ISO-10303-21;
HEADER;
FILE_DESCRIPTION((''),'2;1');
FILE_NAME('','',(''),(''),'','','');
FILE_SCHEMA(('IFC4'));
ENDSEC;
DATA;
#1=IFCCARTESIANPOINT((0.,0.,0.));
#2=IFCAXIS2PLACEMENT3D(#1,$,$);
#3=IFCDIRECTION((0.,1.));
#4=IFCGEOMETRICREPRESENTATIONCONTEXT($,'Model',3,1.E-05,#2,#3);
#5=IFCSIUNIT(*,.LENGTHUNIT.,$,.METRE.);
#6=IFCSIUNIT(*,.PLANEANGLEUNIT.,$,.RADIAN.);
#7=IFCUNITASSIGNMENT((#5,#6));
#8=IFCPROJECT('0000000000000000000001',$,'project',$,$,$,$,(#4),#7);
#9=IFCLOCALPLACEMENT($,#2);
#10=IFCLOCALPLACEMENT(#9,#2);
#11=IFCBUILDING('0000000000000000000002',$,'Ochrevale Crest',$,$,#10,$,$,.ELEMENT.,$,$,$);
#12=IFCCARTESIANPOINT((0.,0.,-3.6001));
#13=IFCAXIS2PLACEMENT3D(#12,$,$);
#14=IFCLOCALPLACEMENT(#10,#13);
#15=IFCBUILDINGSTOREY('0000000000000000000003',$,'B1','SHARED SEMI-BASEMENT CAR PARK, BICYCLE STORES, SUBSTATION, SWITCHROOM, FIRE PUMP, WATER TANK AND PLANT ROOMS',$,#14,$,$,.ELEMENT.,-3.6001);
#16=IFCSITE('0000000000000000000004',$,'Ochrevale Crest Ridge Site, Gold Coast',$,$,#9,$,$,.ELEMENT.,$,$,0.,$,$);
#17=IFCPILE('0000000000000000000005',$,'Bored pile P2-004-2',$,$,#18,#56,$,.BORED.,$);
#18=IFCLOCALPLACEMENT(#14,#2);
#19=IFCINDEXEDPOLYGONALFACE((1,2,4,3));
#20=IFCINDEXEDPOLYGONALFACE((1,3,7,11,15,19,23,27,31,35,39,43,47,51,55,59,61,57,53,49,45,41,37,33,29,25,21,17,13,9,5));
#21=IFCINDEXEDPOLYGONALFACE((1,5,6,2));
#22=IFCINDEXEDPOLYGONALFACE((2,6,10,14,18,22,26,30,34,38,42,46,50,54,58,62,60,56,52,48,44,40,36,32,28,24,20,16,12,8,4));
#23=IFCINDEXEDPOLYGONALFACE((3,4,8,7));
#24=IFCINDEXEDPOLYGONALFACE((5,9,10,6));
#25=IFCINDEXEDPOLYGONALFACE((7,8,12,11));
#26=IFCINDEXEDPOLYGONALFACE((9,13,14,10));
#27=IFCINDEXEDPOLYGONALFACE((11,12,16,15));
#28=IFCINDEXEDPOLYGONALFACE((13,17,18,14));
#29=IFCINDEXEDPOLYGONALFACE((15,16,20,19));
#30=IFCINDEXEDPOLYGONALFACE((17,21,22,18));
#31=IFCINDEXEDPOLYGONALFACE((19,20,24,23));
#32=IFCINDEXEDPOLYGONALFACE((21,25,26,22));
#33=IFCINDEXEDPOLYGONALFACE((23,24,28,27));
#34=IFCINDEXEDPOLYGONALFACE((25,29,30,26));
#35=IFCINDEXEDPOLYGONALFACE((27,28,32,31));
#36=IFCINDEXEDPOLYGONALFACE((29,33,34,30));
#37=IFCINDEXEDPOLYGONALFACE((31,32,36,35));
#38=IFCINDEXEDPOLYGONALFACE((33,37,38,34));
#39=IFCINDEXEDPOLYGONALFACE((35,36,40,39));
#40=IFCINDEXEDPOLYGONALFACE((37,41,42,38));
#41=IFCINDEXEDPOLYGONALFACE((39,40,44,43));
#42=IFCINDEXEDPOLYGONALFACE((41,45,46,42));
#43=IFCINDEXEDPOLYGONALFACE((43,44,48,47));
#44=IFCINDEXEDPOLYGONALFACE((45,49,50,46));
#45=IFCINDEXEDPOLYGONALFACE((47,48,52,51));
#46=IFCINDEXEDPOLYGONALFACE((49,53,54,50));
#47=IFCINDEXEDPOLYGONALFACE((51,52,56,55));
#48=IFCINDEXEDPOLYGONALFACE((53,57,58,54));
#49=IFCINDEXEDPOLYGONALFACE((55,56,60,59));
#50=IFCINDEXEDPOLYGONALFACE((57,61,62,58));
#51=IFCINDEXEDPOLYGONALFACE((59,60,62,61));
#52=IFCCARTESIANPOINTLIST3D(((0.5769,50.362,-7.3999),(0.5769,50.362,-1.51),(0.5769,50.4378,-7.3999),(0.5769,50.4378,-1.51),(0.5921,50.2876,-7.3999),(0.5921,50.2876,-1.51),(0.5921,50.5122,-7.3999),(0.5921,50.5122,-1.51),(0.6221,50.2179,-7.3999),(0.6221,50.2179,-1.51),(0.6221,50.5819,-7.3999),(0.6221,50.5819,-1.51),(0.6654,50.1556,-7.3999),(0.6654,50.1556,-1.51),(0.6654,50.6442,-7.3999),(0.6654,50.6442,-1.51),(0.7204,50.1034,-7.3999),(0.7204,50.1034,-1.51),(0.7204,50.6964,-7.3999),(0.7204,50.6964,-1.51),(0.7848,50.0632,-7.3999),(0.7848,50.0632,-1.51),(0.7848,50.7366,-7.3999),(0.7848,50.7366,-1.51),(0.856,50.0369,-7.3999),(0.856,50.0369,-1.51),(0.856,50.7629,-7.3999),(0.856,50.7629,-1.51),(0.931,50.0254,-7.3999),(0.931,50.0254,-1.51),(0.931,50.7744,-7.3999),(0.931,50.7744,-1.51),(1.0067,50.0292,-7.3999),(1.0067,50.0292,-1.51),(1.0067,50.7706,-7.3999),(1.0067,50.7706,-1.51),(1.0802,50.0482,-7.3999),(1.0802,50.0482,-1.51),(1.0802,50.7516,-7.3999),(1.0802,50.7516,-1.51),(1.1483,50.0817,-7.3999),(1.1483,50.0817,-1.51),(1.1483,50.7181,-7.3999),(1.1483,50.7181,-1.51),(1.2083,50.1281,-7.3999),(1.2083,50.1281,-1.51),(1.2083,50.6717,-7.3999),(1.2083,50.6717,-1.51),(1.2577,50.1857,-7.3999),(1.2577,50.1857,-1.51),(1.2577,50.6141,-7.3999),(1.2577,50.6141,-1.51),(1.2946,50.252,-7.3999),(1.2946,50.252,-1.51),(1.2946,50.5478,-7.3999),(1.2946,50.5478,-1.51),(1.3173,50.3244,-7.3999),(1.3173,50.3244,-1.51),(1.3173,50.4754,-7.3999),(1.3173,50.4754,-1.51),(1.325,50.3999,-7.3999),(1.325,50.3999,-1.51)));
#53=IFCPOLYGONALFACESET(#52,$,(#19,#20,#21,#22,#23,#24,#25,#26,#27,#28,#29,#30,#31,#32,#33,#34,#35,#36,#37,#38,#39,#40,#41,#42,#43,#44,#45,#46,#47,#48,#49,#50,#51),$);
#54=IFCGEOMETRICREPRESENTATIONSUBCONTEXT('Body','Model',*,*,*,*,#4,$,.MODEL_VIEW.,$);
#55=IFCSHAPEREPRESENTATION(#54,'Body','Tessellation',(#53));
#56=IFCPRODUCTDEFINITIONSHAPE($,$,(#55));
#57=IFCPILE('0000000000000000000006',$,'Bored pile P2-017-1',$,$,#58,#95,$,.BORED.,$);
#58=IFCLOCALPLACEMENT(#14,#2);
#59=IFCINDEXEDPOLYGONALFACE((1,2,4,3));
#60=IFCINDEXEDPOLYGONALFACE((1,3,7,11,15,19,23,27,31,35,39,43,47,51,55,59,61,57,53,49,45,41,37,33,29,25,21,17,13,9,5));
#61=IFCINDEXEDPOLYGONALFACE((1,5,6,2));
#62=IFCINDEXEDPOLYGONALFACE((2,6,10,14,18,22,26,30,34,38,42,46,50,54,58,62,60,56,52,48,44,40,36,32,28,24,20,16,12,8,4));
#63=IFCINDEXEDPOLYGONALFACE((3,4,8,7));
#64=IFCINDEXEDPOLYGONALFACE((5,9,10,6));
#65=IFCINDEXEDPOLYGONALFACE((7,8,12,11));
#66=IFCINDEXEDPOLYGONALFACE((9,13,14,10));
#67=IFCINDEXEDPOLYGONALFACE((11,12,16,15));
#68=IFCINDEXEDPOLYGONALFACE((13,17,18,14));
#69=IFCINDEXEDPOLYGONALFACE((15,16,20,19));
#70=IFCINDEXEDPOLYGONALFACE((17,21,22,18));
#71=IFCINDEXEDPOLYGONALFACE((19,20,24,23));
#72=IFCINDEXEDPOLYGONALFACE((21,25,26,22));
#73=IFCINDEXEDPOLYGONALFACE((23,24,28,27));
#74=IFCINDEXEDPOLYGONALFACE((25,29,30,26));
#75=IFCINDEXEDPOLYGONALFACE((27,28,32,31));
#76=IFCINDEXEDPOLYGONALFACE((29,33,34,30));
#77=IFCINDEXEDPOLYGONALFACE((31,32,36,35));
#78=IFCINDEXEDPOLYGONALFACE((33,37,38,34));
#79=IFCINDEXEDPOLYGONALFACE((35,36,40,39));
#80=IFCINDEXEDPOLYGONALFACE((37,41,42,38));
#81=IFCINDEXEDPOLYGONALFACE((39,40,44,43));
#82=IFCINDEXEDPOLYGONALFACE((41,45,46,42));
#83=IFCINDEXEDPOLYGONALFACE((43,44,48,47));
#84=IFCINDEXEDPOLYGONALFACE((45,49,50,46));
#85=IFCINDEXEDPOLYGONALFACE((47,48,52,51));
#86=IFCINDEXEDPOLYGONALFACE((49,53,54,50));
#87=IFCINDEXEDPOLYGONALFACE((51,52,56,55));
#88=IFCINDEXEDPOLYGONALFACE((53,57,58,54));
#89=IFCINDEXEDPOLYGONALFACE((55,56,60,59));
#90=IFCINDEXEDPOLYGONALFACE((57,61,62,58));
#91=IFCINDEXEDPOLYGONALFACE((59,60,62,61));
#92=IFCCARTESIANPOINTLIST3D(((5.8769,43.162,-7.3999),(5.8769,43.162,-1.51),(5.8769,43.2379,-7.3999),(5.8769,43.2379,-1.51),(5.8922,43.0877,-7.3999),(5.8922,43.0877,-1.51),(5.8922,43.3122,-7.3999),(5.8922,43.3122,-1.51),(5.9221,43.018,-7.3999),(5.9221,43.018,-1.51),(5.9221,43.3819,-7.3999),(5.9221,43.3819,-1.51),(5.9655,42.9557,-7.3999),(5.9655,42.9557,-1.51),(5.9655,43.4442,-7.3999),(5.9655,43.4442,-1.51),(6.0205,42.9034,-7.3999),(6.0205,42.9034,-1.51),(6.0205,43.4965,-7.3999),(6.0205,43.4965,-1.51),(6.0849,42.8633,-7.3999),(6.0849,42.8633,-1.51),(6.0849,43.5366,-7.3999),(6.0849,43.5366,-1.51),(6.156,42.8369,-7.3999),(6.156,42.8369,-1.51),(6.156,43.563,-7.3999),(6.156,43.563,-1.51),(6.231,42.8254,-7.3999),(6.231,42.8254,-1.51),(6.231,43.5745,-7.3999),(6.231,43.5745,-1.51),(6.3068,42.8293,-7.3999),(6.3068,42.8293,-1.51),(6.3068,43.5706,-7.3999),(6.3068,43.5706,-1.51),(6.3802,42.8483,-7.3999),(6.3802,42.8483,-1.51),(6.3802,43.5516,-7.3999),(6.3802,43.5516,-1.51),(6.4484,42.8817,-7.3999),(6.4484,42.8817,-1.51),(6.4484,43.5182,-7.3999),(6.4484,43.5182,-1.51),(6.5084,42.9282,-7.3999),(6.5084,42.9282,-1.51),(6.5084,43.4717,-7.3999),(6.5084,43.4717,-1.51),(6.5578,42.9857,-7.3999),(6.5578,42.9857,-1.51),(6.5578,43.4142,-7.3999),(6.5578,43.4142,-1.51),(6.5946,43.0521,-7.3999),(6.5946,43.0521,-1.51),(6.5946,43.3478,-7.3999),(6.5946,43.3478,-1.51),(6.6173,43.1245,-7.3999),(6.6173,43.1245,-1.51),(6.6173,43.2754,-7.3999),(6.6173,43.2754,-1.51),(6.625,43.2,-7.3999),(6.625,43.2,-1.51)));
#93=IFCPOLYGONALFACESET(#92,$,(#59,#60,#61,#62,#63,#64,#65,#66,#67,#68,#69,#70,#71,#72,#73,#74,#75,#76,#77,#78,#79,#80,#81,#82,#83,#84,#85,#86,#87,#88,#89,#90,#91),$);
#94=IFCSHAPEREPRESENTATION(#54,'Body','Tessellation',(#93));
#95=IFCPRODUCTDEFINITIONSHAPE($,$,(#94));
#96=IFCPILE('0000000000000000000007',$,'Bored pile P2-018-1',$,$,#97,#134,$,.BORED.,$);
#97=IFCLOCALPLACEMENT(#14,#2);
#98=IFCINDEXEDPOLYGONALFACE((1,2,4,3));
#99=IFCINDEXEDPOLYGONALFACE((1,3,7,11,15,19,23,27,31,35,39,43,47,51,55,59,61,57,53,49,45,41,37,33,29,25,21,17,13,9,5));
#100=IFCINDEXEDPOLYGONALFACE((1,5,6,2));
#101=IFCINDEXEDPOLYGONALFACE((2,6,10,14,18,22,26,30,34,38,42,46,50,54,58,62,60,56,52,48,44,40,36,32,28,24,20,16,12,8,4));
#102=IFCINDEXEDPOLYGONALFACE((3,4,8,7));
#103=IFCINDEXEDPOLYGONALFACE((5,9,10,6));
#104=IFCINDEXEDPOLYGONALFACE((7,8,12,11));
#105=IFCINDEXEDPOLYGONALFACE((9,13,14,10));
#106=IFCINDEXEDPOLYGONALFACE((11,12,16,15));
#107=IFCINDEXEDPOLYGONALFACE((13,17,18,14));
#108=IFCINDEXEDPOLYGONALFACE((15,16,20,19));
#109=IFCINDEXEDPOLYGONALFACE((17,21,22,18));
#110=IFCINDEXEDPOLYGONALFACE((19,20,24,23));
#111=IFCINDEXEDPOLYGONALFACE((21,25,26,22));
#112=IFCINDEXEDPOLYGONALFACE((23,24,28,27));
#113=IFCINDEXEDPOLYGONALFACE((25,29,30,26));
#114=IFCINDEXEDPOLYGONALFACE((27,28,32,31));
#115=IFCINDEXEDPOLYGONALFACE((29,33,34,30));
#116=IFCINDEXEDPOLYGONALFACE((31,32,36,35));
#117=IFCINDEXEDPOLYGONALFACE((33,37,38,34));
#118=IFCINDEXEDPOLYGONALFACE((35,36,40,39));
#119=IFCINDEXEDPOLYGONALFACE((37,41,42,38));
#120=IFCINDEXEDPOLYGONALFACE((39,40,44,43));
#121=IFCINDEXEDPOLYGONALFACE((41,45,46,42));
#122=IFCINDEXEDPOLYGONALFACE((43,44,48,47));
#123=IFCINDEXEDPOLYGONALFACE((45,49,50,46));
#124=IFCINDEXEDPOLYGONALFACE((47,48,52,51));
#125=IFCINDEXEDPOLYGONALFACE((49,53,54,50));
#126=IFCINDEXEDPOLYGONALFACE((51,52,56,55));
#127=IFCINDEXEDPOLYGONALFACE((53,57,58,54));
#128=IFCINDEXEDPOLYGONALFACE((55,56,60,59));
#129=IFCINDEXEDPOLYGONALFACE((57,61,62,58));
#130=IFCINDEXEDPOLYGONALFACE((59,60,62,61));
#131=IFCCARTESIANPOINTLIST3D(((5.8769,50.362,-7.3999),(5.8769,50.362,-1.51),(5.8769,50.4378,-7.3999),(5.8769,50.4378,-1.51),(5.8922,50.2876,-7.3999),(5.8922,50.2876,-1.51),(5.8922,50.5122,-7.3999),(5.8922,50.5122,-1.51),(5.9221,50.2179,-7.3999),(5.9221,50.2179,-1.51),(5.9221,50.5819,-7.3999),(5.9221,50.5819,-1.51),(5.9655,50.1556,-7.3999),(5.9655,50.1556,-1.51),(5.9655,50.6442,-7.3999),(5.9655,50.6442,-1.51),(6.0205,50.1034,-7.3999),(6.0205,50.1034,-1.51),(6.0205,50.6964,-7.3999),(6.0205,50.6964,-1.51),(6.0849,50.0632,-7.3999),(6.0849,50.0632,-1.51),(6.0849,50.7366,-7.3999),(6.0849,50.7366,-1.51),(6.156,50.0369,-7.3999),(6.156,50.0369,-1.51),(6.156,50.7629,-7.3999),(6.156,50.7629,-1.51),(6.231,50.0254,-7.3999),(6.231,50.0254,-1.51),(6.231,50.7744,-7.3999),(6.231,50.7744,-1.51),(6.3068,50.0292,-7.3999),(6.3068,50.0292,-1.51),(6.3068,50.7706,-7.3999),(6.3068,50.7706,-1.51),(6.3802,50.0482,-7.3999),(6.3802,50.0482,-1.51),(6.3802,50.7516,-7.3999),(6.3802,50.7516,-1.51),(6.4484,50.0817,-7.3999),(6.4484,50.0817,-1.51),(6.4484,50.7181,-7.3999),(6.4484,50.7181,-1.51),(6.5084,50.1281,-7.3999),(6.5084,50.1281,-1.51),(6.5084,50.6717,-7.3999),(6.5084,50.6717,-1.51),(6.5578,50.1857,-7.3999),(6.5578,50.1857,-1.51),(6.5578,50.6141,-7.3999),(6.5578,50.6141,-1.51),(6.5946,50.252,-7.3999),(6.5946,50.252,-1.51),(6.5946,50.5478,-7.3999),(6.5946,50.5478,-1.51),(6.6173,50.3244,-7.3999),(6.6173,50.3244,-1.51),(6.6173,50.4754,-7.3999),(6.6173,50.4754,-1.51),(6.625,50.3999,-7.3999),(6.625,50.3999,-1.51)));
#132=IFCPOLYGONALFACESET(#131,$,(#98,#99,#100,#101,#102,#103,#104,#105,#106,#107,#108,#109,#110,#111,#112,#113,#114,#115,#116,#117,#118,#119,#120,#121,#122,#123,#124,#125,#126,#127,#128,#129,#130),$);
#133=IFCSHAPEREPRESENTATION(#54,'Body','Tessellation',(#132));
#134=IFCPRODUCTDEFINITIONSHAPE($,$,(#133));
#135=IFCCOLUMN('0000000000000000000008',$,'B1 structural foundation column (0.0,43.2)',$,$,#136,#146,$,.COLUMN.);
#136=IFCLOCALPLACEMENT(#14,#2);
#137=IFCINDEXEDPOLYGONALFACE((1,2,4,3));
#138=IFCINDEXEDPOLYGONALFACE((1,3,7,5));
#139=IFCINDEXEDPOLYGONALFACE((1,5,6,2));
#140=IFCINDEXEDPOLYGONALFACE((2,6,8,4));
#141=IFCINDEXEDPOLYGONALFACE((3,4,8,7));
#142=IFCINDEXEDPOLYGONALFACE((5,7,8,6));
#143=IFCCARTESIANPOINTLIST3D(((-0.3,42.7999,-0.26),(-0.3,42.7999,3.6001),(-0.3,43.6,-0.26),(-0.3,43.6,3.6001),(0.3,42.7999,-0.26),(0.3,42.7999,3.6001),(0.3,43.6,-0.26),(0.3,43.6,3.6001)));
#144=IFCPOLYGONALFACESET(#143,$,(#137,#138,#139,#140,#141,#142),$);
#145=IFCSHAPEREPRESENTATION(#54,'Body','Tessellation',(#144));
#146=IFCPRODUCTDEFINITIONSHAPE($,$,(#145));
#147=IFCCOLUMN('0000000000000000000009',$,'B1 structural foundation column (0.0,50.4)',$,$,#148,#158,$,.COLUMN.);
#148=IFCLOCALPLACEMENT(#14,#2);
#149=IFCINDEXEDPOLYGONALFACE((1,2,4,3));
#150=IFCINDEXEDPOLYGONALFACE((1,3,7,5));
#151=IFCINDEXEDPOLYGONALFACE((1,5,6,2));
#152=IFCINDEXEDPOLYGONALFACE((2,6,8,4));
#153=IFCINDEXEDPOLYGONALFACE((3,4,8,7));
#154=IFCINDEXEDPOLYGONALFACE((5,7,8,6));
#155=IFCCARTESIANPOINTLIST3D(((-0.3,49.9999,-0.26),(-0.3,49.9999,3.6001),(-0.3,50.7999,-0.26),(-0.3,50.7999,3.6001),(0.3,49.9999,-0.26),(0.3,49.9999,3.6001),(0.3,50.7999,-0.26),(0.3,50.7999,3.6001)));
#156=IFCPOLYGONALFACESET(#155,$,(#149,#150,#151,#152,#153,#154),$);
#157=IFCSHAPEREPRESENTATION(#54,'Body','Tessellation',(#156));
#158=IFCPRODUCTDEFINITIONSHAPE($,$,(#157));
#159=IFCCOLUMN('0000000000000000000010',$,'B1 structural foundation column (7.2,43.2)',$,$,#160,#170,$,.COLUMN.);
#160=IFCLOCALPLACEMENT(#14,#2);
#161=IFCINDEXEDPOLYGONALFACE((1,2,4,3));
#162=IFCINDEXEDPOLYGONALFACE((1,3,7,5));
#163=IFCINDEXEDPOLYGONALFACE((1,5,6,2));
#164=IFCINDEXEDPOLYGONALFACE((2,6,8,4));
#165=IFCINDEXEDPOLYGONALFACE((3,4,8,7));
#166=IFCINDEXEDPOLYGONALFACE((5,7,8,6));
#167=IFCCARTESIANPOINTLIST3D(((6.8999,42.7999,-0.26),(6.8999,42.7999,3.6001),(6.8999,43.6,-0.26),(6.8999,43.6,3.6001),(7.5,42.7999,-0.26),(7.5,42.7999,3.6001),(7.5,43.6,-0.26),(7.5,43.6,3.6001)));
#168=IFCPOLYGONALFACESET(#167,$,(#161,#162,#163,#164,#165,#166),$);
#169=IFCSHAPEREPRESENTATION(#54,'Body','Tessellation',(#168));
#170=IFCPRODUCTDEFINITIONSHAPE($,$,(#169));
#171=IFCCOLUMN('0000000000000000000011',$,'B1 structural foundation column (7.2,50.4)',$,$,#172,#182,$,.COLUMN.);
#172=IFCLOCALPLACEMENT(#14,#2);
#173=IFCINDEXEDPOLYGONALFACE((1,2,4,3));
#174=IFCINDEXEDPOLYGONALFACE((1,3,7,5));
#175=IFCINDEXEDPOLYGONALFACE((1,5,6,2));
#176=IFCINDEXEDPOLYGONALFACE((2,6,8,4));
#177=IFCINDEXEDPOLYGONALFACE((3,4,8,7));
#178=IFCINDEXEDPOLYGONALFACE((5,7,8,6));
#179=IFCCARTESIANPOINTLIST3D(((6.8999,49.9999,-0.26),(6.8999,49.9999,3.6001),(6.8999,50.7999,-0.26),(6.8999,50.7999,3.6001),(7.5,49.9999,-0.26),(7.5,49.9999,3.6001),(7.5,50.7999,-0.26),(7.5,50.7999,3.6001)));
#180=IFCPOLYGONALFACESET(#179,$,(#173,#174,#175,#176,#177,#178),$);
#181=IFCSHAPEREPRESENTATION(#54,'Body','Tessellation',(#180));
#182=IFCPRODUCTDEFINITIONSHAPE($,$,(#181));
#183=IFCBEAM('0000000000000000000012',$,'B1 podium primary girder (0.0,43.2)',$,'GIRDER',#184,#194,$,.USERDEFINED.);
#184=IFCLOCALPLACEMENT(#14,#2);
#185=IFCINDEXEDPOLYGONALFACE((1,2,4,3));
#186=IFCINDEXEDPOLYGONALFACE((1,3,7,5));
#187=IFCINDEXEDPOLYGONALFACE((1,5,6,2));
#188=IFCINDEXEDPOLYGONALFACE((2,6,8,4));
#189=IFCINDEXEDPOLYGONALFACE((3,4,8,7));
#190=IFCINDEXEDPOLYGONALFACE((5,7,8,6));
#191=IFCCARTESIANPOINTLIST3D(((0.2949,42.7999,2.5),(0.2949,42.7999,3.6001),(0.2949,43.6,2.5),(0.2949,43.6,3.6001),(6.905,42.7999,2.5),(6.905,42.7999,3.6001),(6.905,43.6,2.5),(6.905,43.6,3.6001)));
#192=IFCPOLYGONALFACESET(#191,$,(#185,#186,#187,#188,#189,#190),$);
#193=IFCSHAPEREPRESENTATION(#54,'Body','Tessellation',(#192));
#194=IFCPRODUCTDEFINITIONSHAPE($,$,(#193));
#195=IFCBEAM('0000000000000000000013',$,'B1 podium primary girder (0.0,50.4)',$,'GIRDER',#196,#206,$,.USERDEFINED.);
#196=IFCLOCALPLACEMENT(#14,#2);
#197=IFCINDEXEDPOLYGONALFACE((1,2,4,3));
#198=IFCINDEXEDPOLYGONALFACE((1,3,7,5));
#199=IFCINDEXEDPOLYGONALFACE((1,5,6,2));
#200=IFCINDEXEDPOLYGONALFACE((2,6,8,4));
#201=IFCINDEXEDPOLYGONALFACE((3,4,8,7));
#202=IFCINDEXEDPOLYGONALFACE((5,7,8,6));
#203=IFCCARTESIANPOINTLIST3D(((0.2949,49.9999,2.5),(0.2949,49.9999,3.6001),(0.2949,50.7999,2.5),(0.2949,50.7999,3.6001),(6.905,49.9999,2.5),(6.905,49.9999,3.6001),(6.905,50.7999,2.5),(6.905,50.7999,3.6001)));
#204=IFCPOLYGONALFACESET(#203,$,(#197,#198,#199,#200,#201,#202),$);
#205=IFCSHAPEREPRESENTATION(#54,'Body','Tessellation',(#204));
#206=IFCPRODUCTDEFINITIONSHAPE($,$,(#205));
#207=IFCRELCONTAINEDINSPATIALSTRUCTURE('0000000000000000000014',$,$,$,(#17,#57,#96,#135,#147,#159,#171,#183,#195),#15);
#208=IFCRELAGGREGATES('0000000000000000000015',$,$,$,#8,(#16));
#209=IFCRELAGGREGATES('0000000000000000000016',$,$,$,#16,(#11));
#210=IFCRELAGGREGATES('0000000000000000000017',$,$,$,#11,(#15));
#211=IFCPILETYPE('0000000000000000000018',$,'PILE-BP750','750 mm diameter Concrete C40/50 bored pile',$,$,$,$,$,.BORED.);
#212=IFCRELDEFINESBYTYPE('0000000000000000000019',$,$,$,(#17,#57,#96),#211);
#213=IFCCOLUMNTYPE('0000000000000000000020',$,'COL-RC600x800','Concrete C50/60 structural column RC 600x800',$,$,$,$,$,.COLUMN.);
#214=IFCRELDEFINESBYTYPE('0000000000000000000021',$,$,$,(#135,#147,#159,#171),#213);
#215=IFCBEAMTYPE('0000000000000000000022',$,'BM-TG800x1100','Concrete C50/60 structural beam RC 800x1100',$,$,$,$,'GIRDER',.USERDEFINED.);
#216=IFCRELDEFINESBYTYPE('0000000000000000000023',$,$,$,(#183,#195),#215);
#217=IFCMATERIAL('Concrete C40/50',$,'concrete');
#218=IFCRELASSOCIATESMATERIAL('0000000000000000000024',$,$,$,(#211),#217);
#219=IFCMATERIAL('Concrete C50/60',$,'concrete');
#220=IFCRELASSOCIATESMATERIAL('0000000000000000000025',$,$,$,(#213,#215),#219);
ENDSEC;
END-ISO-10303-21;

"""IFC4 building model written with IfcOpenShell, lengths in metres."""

from ifc_helpers import new_model, si_unit, direction, frame, origin, origin_2d, place, context, subcontext, project, spatial, rectangle, circle, extrude, material, material_profile, profile_set, type_object, element, save


model = new_model("IFC4")

# Units and contexts
model_context = context("Model", 3, precision=1e-05, world=origin(), true_north=direction((0.0, 1.0)))
body_context = subcontext(model_context, "Body", "Model", "MODEL_VIEW")
ifc_project = project(units=[si_unit("LENGTHUNIT", "METRE"), si_unit("PLANEANGLEUNIT", "RADIAN")], contexts=[model_context])

# Site, building, storey
site_placement = place(None, origin())
site = spatial("IfcSite", under=ifc_project, at=site_placement, Name="Ochrevale Crest Ridge Site, Gold Coast", CompositionType="ELEMENT", RefElevation=0.0)
building_placement = place(site_placement, origin())
building = spatial("IfcBuilding", under=site, at=building_placement, Name="Ochrevale Crest", CompositionType="ELEMENT")
storey_placement = place(building_placement, frame((0.0, 0.0, -3.6001)))
storey = spatial("IfcBuildingStorey", under=building, at=storey_placement, Name="B1", Description="SHARED SEMI-BASEMENT CAR PARK, BICYCLE STORES, SUBSTATION, SWITCHROOM, FIRE PUMP, WATER TANK AND PLANT ROOMS", CompositionType="ELEMENT", Elevation=-3.6001)

# Shared definitions
ifc_material_1 = material(Name="Concrete C40/50", Category="concrete")

# Piles
ifc_material_profile_1 = material_profile(ifc_material_1, circle(Radius=0.375, at=origin_2d()), Name="BORED PILE 750")
ifc_profile_set_1 = profile_set([ifc_material_profile_1], Name="Concrete C40/50")
pile_type = type_object("IfcPileType", Name="PILE-BP750", Description="750 mm diameter Concrete C40/50 bored pile", PredefinedType="BORED", material=ifc_profile_set_1)
for number, where, z_axis, x_axis, name in (
    (1, (0.95, 50.3999, -1.51), (0.0, 0.0, -1.0), (1.0, 0.0, 0.0), "Bored pile P2-004-2"),
    (2, (6.25, 43.2, -1.51), (0.0, 0.0, -1.0), (1.0, 0.0, 0.0), "Bored pile P2-017-1"),
    (3, (6.25, 50.3999, -1.51), (0.0, 0.0, -1.0), (1.0, 0.0, 0.0), "Bored pile P2-018-1"),
):
    element("IfcPile", number, at=place(storey_placement, frame(where, z_axis=z_axis, x_axis=x_axis)), inside=storey, type_object=pile_type, Name=name, PredefinedType="BORED", context=body_context, shape_type="SweptSolid", body=[
        extrude(circle(Radius=0.375, at=origin_2d()), origin(), (0.0, 0.0, 1.0), 5.8899),
    ])

# Columns
ifc_material_2 = material(Name="Concrete C50/60", Category="concrete")
ifc_material_profile_2 = material_profile(ifc_material_2, rectangle(XDim=0.6001, YDim=0.8, at=origin_2d()), Name="RC 600x800")
ifc_profile_set_2 = profile_set([ifc_material_profile_2], Name="Concrete C50/60")
column_type = type_object("IfcColumnType", Name="COL-RC600x800", Description="Concrete C50/60 structural column RC 600x800", PredefinedType="COLUMN", material=ifc_profile_set_2)
for number, where, z_axis, x_axis, name in (
    (4, (0.0, 43.2, -0.26), (0.0, 0.0, 1.0), (1.0, 0.0, 0.0), "B1 structural foundation column (0.0,43.2)"),
    (5, (0.0, 50.3999, -0.26), (0.0, 0.0, 1.0), (1.0, 0.0, 0.0), "B1 structural foundation column (0.0,50.4)"),
    (6, (7.2, 43.2, -0.26), (0.0, 0.0, 1.0), (1.0, 0.0, 0.0), "B1 structural foundation column (7.2,43.2)"),
    (7, (7.2, 50.3999, -0.26), (0.0, 0.0, 1.0), (1.0, 0.0, 0.0), "B1 structural foundation column (7.2,50.4)"),
):
    element("IfcColumn", number, at=place(storey_placement, frame(where, z_axis=z_axis, x_axis=x_axis)), inside=storey, type_object=column_type, Name=name, PredefinedType="COLUMN", context=body_context, shape_type="SweptSolid", body=[
        extrude(rectangle(XDim=0.6001, YDim=0.8, at=origin_2d()), origin(), (0.0, 0.0, 1.0), 3.8601),
    ])

# Beams
ifc_material_profile_3 = material_profile(ifc_material_2, rectangle(XDim=0.8, YDim=1.1001, at=origin_2d()), Name="RC 800x1100")
ifc_profile_set_3 = profile_set([ifc_material_profile_3], Name="Concrete C50/60")
beam_type_1 = type_object("IfcBeamType", Name="BM-TG800x1100", Description="Concrete C50/60 structural beam RC 800x1100", ElementType="GIRDER", PredefinedType="USERDEFINED", material=ifc_profile_set_3)
for number, where, z_axis, x_axis, name in (
    (8, (0.2949, 43.2, 3.05), (1.0, 0.0, 0.0), (0.0, 1.0, 0.0), "B1 podium primary girder (0.0,43.2)"),
    (9, (0.2949, 50.3999, 3.05), (1.0, 0.0, 0.0), (0.0, 1.0, 0.0), "B1 podium primary girder (0.0,50.4)"),
):
    element("IfcBeam", number, at=place(storey_placement, frame(where, z_axis=z_axis, x_axis=x_axis)), inside=storey, type_object=beam_type_1, Name=name, ObjectType="GIRDER", PredefinedType="USERDEFINED", context=body_context, shape_type="SweptSolid", body=[
        extrude(rectangle(XDim=0.8, YDim=1.1001, at=origin_2d()), origin(), (0.0, 0.0, 1.0), 6.6101),
    ])

save(model, "model.ifc")
